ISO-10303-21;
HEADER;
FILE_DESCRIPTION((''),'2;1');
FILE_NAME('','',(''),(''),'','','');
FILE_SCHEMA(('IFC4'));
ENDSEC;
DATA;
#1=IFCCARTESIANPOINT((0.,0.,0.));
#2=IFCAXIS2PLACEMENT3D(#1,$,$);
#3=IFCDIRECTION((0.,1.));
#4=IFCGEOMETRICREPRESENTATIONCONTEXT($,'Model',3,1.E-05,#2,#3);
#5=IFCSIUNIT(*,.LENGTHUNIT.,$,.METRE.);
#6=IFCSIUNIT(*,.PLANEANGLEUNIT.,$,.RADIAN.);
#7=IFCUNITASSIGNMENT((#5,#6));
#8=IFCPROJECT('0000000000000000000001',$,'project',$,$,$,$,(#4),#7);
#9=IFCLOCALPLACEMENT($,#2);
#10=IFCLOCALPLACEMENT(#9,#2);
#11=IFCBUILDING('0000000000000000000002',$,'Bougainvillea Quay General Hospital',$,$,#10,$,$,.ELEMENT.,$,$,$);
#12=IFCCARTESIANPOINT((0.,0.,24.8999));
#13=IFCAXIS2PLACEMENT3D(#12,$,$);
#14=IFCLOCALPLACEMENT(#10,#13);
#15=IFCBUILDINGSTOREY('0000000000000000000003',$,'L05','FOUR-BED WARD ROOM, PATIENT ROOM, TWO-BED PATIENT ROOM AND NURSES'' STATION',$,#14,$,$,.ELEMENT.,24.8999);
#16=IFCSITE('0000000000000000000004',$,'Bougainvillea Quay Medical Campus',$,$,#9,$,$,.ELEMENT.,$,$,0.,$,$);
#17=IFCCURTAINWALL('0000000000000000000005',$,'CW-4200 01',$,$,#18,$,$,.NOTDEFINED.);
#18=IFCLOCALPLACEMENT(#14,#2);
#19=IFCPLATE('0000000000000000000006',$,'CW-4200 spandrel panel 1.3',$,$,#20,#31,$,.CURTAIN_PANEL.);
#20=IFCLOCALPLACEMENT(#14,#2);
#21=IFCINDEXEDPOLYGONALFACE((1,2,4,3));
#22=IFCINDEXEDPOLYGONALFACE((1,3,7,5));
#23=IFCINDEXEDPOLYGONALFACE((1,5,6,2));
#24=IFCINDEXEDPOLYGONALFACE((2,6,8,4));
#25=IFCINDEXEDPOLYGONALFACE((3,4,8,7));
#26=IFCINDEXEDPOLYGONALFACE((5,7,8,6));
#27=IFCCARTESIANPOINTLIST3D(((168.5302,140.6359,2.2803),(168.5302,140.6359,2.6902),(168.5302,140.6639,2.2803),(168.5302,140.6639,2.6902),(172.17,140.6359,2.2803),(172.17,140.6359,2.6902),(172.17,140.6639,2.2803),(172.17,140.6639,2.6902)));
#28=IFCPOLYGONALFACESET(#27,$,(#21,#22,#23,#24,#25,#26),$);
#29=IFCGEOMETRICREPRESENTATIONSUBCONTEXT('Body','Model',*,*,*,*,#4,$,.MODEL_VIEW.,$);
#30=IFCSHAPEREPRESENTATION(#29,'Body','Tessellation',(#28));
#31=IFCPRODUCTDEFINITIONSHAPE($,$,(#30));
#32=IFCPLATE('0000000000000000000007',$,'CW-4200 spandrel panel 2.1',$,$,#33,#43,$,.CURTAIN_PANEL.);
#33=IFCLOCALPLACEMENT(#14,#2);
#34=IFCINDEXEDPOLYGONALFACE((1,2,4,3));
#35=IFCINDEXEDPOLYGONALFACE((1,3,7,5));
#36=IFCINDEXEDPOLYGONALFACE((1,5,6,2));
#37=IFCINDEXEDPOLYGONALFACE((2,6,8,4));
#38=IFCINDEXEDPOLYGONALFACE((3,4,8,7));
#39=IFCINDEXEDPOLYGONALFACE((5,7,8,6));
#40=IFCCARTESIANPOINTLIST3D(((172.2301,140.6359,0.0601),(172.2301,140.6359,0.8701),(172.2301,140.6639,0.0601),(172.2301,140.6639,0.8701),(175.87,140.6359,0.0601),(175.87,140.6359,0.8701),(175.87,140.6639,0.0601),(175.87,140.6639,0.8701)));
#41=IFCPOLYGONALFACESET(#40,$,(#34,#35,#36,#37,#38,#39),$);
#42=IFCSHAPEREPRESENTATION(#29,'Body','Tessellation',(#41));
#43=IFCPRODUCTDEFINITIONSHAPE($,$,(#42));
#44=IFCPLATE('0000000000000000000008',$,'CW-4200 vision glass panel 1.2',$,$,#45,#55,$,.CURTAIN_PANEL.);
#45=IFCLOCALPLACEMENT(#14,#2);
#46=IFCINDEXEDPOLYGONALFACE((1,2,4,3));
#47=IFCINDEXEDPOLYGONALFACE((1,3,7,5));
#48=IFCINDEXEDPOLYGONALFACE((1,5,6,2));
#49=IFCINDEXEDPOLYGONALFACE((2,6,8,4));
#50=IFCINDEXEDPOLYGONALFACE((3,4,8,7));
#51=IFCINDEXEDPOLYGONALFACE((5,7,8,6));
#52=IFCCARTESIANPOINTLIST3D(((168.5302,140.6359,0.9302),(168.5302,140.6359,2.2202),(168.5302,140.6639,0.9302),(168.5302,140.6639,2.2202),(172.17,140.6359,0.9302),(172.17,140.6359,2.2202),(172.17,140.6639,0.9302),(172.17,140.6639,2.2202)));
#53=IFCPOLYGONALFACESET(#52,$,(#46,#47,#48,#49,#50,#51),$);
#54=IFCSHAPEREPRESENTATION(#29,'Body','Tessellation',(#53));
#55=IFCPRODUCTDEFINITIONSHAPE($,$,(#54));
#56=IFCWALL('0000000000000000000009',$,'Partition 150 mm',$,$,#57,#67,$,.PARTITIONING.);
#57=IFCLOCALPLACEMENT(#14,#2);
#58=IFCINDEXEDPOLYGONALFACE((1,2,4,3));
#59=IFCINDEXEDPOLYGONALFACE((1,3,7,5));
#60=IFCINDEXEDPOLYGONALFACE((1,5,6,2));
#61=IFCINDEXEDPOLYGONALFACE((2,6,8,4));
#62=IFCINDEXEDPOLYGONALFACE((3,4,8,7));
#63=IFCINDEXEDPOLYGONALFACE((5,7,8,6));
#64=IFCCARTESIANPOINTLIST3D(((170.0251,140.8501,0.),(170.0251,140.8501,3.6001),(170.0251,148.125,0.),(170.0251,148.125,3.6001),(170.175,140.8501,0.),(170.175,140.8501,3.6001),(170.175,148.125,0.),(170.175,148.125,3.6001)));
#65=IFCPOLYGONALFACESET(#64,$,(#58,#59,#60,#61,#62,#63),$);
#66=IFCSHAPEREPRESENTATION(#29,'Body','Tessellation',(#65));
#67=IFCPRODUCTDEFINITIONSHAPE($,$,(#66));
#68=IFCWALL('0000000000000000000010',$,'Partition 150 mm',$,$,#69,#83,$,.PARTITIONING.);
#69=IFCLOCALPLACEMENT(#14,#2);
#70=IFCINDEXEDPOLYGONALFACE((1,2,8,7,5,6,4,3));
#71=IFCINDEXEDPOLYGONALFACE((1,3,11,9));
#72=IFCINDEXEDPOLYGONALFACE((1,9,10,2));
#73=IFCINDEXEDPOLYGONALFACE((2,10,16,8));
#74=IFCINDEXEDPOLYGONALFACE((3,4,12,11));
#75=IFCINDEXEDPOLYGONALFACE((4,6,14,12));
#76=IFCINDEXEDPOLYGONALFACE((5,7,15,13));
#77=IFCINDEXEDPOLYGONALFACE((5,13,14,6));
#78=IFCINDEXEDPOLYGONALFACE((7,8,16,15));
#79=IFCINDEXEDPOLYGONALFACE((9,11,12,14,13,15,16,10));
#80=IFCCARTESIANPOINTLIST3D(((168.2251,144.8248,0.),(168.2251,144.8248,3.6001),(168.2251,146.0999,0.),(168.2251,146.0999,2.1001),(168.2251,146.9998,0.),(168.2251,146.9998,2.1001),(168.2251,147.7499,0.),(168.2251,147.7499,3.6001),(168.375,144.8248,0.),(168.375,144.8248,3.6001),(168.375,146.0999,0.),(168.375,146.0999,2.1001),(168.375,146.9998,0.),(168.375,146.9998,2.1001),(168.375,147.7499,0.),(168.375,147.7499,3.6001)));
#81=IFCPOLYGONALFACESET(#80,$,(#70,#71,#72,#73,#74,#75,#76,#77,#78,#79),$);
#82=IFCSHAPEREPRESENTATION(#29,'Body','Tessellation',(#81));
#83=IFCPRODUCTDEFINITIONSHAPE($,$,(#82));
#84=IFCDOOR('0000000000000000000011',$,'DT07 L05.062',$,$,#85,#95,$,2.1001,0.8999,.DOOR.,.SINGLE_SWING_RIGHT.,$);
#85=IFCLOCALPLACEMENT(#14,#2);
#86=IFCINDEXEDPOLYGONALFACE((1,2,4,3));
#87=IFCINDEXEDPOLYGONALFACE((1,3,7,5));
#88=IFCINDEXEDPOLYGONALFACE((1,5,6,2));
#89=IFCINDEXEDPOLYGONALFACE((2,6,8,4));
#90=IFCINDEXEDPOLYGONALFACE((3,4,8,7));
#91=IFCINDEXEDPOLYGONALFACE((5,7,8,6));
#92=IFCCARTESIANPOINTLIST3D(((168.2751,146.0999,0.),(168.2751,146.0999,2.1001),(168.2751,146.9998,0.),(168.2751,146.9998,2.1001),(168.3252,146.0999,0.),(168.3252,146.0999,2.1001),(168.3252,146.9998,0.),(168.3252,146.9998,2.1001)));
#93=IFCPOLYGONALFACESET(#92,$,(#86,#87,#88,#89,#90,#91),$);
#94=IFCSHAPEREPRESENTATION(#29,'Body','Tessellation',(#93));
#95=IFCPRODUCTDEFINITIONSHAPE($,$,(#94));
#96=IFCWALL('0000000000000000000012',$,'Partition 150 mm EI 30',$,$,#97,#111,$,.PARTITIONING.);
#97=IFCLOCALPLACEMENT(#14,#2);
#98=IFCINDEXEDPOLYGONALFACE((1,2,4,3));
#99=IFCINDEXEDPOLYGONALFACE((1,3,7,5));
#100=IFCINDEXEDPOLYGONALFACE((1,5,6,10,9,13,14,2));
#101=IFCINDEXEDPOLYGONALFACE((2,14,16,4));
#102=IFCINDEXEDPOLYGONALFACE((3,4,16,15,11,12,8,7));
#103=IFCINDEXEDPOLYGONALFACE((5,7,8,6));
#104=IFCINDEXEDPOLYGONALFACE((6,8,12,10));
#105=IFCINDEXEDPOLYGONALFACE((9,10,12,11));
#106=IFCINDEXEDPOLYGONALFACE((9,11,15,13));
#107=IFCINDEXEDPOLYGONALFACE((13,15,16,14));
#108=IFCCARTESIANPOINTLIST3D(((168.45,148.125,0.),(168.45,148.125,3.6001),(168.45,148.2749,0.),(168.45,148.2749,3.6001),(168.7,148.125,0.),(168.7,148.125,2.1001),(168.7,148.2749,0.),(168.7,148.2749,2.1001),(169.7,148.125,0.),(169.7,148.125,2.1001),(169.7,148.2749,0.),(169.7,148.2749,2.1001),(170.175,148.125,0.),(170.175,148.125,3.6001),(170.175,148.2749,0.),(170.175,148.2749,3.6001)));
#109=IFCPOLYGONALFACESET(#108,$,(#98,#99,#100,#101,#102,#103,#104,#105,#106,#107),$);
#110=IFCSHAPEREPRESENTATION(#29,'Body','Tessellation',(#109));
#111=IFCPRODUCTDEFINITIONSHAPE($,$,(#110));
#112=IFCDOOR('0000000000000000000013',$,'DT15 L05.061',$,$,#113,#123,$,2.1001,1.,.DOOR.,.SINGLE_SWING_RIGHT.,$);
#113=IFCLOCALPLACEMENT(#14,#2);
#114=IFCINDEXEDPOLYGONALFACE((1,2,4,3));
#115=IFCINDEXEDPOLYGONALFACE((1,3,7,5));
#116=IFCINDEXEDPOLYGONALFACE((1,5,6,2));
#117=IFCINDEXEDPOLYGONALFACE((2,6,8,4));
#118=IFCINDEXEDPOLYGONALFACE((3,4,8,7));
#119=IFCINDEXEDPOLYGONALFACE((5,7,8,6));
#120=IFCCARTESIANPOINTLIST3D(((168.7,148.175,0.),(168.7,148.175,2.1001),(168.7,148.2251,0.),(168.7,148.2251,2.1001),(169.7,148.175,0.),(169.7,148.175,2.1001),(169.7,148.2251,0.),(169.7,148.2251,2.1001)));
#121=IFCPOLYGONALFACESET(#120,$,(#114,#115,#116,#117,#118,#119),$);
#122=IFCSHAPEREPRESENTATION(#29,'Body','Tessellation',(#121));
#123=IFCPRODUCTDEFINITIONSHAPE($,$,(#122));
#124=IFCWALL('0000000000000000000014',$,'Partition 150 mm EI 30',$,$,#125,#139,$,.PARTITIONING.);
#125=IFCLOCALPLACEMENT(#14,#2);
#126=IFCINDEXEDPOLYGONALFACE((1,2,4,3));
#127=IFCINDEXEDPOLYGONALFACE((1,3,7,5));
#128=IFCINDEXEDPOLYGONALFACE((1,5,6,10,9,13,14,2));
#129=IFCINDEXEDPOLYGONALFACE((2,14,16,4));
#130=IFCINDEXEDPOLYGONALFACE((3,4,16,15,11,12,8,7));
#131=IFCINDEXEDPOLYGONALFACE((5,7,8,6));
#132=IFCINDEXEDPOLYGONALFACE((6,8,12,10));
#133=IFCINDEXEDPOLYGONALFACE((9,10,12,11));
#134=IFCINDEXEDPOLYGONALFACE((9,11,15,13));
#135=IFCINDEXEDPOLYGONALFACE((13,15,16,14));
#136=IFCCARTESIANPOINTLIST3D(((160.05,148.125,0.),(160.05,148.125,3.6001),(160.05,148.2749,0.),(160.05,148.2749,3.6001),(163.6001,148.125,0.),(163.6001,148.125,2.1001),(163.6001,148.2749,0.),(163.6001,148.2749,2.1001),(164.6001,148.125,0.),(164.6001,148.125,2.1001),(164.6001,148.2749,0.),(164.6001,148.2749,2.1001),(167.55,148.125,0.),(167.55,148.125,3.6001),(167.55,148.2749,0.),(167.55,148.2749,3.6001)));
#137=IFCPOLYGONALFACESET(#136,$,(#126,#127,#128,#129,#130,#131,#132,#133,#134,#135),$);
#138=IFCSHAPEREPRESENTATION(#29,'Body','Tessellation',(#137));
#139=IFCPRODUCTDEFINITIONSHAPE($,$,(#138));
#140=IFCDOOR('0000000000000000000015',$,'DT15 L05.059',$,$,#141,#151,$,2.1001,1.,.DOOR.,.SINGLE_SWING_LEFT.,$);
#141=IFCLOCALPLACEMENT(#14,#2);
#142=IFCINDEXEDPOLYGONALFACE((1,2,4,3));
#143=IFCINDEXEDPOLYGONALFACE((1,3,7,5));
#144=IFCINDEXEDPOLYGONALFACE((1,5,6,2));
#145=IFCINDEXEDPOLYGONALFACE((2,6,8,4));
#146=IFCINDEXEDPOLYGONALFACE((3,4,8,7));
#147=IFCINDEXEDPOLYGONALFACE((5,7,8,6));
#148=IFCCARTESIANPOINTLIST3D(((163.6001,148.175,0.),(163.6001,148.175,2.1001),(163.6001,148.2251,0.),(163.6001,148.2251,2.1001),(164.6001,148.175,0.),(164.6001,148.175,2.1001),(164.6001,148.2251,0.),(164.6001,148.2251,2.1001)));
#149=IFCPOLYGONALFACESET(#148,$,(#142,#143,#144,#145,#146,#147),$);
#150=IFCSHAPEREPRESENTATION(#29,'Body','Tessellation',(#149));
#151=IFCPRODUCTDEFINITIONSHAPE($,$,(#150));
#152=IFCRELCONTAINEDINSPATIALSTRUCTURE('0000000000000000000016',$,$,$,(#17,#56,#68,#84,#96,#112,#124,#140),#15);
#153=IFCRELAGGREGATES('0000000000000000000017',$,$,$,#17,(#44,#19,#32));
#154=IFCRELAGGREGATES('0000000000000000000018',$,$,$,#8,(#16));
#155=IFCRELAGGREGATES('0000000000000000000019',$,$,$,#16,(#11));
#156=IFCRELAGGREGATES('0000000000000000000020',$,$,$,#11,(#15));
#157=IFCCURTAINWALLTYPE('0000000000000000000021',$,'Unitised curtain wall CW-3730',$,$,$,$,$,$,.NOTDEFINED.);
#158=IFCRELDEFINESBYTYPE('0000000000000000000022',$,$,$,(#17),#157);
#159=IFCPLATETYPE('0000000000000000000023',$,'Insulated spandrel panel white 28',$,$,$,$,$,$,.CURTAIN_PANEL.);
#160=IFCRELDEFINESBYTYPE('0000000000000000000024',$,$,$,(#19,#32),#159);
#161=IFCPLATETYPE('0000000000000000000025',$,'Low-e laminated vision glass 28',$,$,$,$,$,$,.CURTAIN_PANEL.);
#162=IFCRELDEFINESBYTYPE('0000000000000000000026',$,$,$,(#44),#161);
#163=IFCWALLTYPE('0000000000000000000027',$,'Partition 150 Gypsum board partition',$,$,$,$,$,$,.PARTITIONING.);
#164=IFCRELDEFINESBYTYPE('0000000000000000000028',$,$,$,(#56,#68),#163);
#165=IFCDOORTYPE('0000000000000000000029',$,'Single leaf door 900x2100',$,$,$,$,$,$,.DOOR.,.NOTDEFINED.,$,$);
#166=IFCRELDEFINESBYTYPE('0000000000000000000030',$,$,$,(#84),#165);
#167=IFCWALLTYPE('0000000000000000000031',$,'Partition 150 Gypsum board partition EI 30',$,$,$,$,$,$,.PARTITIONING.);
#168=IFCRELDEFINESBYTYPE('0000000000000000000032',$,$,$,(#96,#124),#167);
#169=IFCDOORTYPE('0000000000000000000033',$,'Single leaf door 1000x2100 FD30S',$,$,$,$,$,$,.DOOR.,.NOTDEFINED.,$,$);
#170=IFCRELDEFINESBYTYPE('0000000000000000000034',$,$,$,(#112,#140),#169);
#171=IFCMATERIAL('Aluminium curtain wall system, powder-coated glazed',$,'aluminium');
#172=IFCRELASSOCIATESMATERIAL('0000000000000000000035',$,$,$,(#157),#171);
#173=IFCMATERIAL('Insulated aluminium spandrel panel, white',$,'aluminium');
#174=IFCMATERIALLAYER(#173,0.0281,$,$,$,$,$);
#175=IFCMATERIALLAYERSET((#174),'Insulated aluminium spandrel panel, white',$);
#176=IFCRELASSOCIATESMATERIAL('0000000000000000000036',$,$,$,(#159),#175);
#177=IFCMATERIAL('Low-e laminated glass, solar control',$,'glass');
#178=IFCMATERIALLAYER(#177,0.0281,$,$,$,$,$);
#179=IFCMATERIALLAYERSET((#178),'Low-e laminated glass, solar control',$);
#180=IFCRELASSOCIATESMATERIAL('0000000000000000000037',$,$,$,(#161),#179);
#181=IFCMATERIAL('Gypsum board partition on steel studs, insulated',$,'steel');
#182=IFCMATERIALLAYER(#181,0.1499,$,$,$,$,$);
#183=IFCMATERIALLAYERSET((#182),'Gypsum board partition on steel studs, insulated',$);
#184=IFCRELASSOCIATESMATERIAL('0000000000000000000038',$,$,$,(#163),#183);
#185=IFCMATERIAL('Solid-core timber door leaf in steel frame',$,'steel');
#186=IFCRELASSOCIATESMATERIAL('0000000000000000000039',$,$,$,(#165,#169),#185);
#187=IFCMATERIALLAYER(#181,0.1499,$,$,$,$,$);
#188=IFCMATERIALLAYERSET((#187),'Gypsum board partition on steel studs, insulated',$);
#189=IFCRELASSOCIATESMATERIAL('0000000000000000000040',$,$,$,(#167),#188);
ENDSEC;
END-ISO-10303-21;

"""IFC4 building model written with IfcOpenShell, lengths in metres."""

from ifc_helpers import new_model, si_unit, direction, frame, frame_2d, origin, origin_2d, place, context, subcontext, project, spatial, rectangle, extrude, material, layer, layer_set, type_object, element, fill, aggregate, save


model = new_model("IFC4")

# Units and contexts
model_context = context("Model", 3, precision=1e-05, world=origin(), true_north=direction((0.0, 1.0)))
body_context = subcontext(model_context, "Body", "Model", "MODEL_VIEW")
ifc_project = project(units=[si_unit("LENGTHUNIT", "METRE"), si_unit("PLANEANGLEUNIT", "RADIAN")], contexts=[model_context])

# Site, building, storey
site_placement = place(None, origin())
site = spatial("IfcSite", under=ifc_project, at=site_placement, Name="Bougainvillea Quay Medical Campus", CompositionType="ELEMENT", RefElevation=0.0)
building_placement = place(site_placement, origin())
building = spatial("IfcBuilding", under=site, at=building_placement, Name="Bougainvillea Quay General Hospital", CompositionType="ELEMENT")
storey_placement = place(building_placement, frame((0.0, 0.0, 24.8999)))
storey = spatial("IfcBuildingStorey", under=building, at=storey_placement, Name="L05", Description="FOUR-BED WARD ROOM, PATIENT ROOM, TWO-BED PATIENT ROOM AND NURSES' STATION", CompositionType="ELEMENT", Elevation=24.8999)

# Shared definitions
ifc_material_1 = material(Name="Aluminium curtain wall system, powder-coated glazed", Category="aluminium")
curtain_wall_type = type_object("IfcCurtainWallType", Name="Unitised curtain wall CW-3730", PredefinedType="NOTDEFINED", material=ifc_material_1)

# Curtain wall
curtain_wall_1_placement = place(storey_placement, origin())
curtain_wall_1 = element("IfcCurtainWall", 1, at=curtain_wall_1_placement, inside=storey, type_object=curtain_wall_type, Name="CW-4200 01", PredefinedType="NOTDEFINED")

# Plates
ifc_material_2 = material(Name="Insulated aluminium spandrel panel, white", Category="aluminium")
ifc_layer_1 = layer(ifc_material_2, 0.0281)
ifc_layer_set_1 = layer_set([ifc_layer_1], Name="Insulated aluminium spandrel panel, white")
plate_type_1 = type_object("IfcPlateType", Name="Insulated spandrel panel white 28", PredefinedType="CURTAIN_PANEL", material=ifc_layer_set_1)
plate_1_placement = place(storey_placement, frame((170.3501, 140.6499, 2.2803), z_axis=(0.0, 0.0, 1.0), x_axis=(1.0, 0.0, 0.0)))
plate_1 = element("IfcPlate", 2, at=plate_1_placement, type_object=plate_type_1, Name="CW-4200 spandrel panel 1.3", PredefinedType="CURTAIN_PANEL", context=body_context, shape_type="SweptSolid", body=[
    extrude(rectangle(XDim=3.6399, YDim=0.0281, at=origin_2d()), origin(), (0.0, 0.0, 1.0), 0.4099),
])
plate_2_placement = place(storey_placement, frame((174.05, 140.6499, 0.0601), z_axis=(0.0, 0.0, 1.0), x_axis=(1.0, 0.0, 0.0)))
plate_2 = element("IfcPlate", 3, at=plate_2_placement, type_object=plate_type_1, Name="CW-4200 spandrel panel 2.1", PredefinedType="CURTAIN_PANEL", context=body_context, shape_type="SweptSolid", body=[
    extrude(rectangle(XDim=3.6399, YDim=0.0281, at=origin_2d()), origin(), (0.0, 0.0, 1.0), 0.8101),
])
ifc_material_3 = material(Name="Low-e laminated glass, solar control", Category="glass")
ifc_layer_2 = layer(ifc_material_3, 0.0281)
ifc_layer_set_2 = layer_set([ifc_layer_2], Name="Low-e laminated glass, solar control")
plate_type_2 = type_object("IfcPlateType", Name="Low-e laminated vision glass 28", PredefinedType="CURTAIN_PANEL", material=ifc_layer_set_2)
plate_3_placement = place(storey_placement, frame((170.3501, 140.6499, 0.9302), z_axis=(0.0, 0.0, 1.0), x_axis=(1.0, 0.0, 0.0)))
plate_3 = element("IfcPlate", 4, at=plate_3_placement, type_object=plate_type_2, Name="CW-4200 vision glass panel 1.2", PredefinedType="CURTAIN_PANEL", context=body_context, shape_type="SweptSolid", body=[
    extrude(rectangle(XDim=3.6399, YDim=0.0281, at=origin_2d()), origin(), (0.0, 0.0, 1.0), 1.29),
])
aggregate(curtain_wall_1, [plate_3, plate_1, plate_2])

# Wall
ifc_material_4 = material(Name="Gypsum board partition on steel studs, insulated", Category="steel")
ifc_layer_3 = layer(ifc_material_4, 0.1499)
ifc_layer_set_3 = layer_set([ifc_layer_3], Name="Gypsum board partition on steel studs, insulated")
wall_type_1 = type_object("IfcWallType", Name="Partition 150 Gypsum board partition", PredefinedType="PARTITIONING", material=ifc_layer_set_3)
wall_1_placement = place(storey_placement, frame((170.1001, 140.8501, 0.0), z_axis=(0.0, 0.0, 1.0), x_axis=(0.0, 1.0, 0.0)))
element("IfcWall", 5, at=wall_1_placement, inside=storey, type_object=wall_type_1, Name="Partition 150 mm", PredefinedType="PARTITIONING", context=body_context, shape_type="SweptSolid", body=[
    extrude(rectangle(XDim=7.2749, YDim=0.1499, at=frame_2d((3.6375, 0.0))), origin(), (0.0, 0.0, 1.0), 3.6001),
])

# Walls, openings, doors
wall_2_placement = place(storey_placement, frame((168.3, 144.825, 0.0), z_axis=(0.0, 0.0, 1.0), x_axis=(0.0, 1.0, 0.0)))
wall_2 = element("IfcWall", 6, at=wall_2_placement, inside=storey, type_object=wall_type_1, Name="Partition 150 mm", PredefinedType="PARTITIONING", context=body_context, shape_type="SweptSolid", body=[
    extrude(rectangle(XDim=2.925, YDim=0.1499, at=frame_2d((1.4624, 0.0))), origin(), (0.0, 0.0, 1.0), 3.6001),
])
opening_1_placement = place(wall_2_placement, frame((1.2749, 0.0, 0.0)))
opening_1 = element("IfcOpeningElement", 7, at=opening_1_placement, cuts=wall_2, PredefinedType="OPENING", context=body_context, shape_type="SweptSolid", body=[
    extrude(rectangle(XDim=0.8999, YDim=2.1001, at=frame_2d((0.45, 1.05))), frame((0.0, 0.085, 0.0), z_axis=(0.0, -1.0, 0.0), x_axis=(1.0, 0.0, 0.0)), (0.0, 0.0, 1.0), 0.1699),
])
ifc_material_5 = material(Name="Solid-core timber door leaf in steel frame", Category="steel")
door_type_1 = type_object("IfcDoorType", Name="Single leaf door 900x2100", OperationType="NOTDEFINED", PredefinedType="DOOR", material=ifc_material_5)
door_1_placement = place(opening_1_placement, origin())
door_1 = element("IfcDoor", 8, at=door_1_placement, inside=storey, type_object=door_type_1, Name="DT07 L05.062", OperationType="SINGLE_SWING_RIGHT", OverallHeight=2.1001, OverallWidth=0.8999, PredefinedType="DOOR", context=body_context, shape_type="SweptSolid", body=[
    extrude(rectangle(XDim=0.8999, YDim=2.1001, at=frame_2d((0.45, 1.05))), frame((0.0, 0.0249, 0.0), z_axis=(0.0, -1.0, 0.0), x_axis=(1.0, 0.0, 0.0)), (0.0, 0.0, 1.0), 0.05),
])
fill(opening_1, door_1)
ifc_layer_4 = layer(ifc_material_4, 0.1499)
ifc_layer_set_4 = layer_set([ifc_layer_4], Name="Gypsum board partition on steel studs, insulated")
wall_type_2 = type_object("IfcWallType", Name="Partition 150 Gypsum board partition EI 30", PredefinedType="PARTITIONING", material=ifc_layer_set_4)
wall_3_placement = place(storey_placement, frame((170.175, 148.2, 0.0), z_axis=(0.0, 0.0, 1.0), x_axis=(-1.0, 0.0, 0.0)))
wall_3 = element("IfcWall", 9, at=wall_3_placement, inside=storey, type_object=wall_type_2, Name="Partition 150 mm EI 30", PredefinedType="PARTITIONING", context=body_context, shape_type="SweptSolid", body=[
    extrude(rectangle(XDim=1.7251, YDim=0.1499, at=frame_2d((0.8625, 0.0))), origin(), (0.0, 0.0, 1.0), 3.6001),
])
opening_2_placement = place(wall_3_placement, frame((0.4751, 0.0, 0.0)))
opening_2 = element("IfcOpeningElement", 10, at=opening_2_placement, cuts=wall_3, PredefinedType="OPENING", context=body_context, shape_type="SweptSolid", body=[
    extrude(rectangle(XDim=1.0, YDim=2.1001, at=frame_2d((0.5, 1.05))), frame((0.0, 0.085, 0.0), z_axis=(0.0, -1.0, 0.0), x_axis=(1.0, 0.0, 0.0)), (0.0, 0.0, 1.0), 0.1699),
])
door_type_2 = type_object("IfcDoorType", Name="Single leaf door 1000x2100 FD30S", OperationType="NOTDEFINED", PredefinedType="DOOR", material=ifc_material_5)
door_2_placement = place(opening_2_placement, origin())
door_2 = element("IfcDoor", 11, at=door_2_placement, inside=storey, type_object=door_type_2, Name="DT15 L05.061", OperationType="SINGLE_SWING_RIGHT", OverallHeight=2.1001, OverallWidth=1.0, PredefinedType="DOOR", context=body_context, shape_type="SweptSolid", body=[
    extrude(rectangle(XDim=1.0, YDim=2.1001, at=frame_2d((0.5, 1.05))), frame((0.0, 0.0249, 0.0), z_axis=(0.0, -1.0, 0.0), x_axis=(1.0, 0.0, 0.0)), (0.0, 0.0, 1.0), 0.05),
])
fill(opening_2, door_2)
wall_4_placement = place(storey_placement, frame((167.55, 148.2, 0.0), z_axis=(0.0, 0.0, 1.0), x_axis=(-1.0, 0.0, 0.0)))
wall_4 = element("IfcWall", 12, at=wall_4_placement, inside=storey, type_object=wall_type_2, Name="Partition 150 mm EI 30", PredefinedType="PARTITIONING", context=body_context, shape_type="SweptSolid", body=[
    extrude(rectangle(XDim=7.5, YDim=0.1499, at=frame_2d((3.75, 0.0))), origin(), (0.0, 0.0, 1.0), 3.6001),
])
opening_3_placement = place(wall_4_placement, frame((2.95, 0.0, 0.0)))
opening_3 = element("IfcOpeningElement", 13, at=opening_3_placement, cuts=wall_4, PredefinedType="OPENING", context=body_context, shape_type="SweptSolid", body=[
    extrude(rectangle(XDim=1.0, YDim=2.1001, at=frame_2d((0.5, 1.05))), frame((0.0, 0.085, 0.0), z_axis=(0.0, -1.0, 0.0), x_axis=(1.0, 0.0, 0.0)), (0.0, 0.0, 1.0), 0.1699),
])
door_3_placement = place(opening_3_placement, origin())
door_3 = element("IfcDoor", 14, at=door_3_placement, inside=storey, type_object=door_type_2, Name="DT15 L05.059", OperationType="SINGLE_SWING_LEFT", OverallHeight=2.1001, OverallWidth=1.0, PredefinedType="DOOR", context=body_context, shape_type="SweptSolid", body=[
    extrude(rectangle(XDim=1.0, YDim=2.1001, at=frame_2d((0.5, 1.05))), frame((0.0, 0.0249, 0.0), z_axis=(0.0, -1.0, 0.0), x_axis=(1.0, 0.0, 0.0)), (0.0, 0.0, 1.0), 0.05),
])
fill(opening_3, door_3)

save(model, "model.ifc")
